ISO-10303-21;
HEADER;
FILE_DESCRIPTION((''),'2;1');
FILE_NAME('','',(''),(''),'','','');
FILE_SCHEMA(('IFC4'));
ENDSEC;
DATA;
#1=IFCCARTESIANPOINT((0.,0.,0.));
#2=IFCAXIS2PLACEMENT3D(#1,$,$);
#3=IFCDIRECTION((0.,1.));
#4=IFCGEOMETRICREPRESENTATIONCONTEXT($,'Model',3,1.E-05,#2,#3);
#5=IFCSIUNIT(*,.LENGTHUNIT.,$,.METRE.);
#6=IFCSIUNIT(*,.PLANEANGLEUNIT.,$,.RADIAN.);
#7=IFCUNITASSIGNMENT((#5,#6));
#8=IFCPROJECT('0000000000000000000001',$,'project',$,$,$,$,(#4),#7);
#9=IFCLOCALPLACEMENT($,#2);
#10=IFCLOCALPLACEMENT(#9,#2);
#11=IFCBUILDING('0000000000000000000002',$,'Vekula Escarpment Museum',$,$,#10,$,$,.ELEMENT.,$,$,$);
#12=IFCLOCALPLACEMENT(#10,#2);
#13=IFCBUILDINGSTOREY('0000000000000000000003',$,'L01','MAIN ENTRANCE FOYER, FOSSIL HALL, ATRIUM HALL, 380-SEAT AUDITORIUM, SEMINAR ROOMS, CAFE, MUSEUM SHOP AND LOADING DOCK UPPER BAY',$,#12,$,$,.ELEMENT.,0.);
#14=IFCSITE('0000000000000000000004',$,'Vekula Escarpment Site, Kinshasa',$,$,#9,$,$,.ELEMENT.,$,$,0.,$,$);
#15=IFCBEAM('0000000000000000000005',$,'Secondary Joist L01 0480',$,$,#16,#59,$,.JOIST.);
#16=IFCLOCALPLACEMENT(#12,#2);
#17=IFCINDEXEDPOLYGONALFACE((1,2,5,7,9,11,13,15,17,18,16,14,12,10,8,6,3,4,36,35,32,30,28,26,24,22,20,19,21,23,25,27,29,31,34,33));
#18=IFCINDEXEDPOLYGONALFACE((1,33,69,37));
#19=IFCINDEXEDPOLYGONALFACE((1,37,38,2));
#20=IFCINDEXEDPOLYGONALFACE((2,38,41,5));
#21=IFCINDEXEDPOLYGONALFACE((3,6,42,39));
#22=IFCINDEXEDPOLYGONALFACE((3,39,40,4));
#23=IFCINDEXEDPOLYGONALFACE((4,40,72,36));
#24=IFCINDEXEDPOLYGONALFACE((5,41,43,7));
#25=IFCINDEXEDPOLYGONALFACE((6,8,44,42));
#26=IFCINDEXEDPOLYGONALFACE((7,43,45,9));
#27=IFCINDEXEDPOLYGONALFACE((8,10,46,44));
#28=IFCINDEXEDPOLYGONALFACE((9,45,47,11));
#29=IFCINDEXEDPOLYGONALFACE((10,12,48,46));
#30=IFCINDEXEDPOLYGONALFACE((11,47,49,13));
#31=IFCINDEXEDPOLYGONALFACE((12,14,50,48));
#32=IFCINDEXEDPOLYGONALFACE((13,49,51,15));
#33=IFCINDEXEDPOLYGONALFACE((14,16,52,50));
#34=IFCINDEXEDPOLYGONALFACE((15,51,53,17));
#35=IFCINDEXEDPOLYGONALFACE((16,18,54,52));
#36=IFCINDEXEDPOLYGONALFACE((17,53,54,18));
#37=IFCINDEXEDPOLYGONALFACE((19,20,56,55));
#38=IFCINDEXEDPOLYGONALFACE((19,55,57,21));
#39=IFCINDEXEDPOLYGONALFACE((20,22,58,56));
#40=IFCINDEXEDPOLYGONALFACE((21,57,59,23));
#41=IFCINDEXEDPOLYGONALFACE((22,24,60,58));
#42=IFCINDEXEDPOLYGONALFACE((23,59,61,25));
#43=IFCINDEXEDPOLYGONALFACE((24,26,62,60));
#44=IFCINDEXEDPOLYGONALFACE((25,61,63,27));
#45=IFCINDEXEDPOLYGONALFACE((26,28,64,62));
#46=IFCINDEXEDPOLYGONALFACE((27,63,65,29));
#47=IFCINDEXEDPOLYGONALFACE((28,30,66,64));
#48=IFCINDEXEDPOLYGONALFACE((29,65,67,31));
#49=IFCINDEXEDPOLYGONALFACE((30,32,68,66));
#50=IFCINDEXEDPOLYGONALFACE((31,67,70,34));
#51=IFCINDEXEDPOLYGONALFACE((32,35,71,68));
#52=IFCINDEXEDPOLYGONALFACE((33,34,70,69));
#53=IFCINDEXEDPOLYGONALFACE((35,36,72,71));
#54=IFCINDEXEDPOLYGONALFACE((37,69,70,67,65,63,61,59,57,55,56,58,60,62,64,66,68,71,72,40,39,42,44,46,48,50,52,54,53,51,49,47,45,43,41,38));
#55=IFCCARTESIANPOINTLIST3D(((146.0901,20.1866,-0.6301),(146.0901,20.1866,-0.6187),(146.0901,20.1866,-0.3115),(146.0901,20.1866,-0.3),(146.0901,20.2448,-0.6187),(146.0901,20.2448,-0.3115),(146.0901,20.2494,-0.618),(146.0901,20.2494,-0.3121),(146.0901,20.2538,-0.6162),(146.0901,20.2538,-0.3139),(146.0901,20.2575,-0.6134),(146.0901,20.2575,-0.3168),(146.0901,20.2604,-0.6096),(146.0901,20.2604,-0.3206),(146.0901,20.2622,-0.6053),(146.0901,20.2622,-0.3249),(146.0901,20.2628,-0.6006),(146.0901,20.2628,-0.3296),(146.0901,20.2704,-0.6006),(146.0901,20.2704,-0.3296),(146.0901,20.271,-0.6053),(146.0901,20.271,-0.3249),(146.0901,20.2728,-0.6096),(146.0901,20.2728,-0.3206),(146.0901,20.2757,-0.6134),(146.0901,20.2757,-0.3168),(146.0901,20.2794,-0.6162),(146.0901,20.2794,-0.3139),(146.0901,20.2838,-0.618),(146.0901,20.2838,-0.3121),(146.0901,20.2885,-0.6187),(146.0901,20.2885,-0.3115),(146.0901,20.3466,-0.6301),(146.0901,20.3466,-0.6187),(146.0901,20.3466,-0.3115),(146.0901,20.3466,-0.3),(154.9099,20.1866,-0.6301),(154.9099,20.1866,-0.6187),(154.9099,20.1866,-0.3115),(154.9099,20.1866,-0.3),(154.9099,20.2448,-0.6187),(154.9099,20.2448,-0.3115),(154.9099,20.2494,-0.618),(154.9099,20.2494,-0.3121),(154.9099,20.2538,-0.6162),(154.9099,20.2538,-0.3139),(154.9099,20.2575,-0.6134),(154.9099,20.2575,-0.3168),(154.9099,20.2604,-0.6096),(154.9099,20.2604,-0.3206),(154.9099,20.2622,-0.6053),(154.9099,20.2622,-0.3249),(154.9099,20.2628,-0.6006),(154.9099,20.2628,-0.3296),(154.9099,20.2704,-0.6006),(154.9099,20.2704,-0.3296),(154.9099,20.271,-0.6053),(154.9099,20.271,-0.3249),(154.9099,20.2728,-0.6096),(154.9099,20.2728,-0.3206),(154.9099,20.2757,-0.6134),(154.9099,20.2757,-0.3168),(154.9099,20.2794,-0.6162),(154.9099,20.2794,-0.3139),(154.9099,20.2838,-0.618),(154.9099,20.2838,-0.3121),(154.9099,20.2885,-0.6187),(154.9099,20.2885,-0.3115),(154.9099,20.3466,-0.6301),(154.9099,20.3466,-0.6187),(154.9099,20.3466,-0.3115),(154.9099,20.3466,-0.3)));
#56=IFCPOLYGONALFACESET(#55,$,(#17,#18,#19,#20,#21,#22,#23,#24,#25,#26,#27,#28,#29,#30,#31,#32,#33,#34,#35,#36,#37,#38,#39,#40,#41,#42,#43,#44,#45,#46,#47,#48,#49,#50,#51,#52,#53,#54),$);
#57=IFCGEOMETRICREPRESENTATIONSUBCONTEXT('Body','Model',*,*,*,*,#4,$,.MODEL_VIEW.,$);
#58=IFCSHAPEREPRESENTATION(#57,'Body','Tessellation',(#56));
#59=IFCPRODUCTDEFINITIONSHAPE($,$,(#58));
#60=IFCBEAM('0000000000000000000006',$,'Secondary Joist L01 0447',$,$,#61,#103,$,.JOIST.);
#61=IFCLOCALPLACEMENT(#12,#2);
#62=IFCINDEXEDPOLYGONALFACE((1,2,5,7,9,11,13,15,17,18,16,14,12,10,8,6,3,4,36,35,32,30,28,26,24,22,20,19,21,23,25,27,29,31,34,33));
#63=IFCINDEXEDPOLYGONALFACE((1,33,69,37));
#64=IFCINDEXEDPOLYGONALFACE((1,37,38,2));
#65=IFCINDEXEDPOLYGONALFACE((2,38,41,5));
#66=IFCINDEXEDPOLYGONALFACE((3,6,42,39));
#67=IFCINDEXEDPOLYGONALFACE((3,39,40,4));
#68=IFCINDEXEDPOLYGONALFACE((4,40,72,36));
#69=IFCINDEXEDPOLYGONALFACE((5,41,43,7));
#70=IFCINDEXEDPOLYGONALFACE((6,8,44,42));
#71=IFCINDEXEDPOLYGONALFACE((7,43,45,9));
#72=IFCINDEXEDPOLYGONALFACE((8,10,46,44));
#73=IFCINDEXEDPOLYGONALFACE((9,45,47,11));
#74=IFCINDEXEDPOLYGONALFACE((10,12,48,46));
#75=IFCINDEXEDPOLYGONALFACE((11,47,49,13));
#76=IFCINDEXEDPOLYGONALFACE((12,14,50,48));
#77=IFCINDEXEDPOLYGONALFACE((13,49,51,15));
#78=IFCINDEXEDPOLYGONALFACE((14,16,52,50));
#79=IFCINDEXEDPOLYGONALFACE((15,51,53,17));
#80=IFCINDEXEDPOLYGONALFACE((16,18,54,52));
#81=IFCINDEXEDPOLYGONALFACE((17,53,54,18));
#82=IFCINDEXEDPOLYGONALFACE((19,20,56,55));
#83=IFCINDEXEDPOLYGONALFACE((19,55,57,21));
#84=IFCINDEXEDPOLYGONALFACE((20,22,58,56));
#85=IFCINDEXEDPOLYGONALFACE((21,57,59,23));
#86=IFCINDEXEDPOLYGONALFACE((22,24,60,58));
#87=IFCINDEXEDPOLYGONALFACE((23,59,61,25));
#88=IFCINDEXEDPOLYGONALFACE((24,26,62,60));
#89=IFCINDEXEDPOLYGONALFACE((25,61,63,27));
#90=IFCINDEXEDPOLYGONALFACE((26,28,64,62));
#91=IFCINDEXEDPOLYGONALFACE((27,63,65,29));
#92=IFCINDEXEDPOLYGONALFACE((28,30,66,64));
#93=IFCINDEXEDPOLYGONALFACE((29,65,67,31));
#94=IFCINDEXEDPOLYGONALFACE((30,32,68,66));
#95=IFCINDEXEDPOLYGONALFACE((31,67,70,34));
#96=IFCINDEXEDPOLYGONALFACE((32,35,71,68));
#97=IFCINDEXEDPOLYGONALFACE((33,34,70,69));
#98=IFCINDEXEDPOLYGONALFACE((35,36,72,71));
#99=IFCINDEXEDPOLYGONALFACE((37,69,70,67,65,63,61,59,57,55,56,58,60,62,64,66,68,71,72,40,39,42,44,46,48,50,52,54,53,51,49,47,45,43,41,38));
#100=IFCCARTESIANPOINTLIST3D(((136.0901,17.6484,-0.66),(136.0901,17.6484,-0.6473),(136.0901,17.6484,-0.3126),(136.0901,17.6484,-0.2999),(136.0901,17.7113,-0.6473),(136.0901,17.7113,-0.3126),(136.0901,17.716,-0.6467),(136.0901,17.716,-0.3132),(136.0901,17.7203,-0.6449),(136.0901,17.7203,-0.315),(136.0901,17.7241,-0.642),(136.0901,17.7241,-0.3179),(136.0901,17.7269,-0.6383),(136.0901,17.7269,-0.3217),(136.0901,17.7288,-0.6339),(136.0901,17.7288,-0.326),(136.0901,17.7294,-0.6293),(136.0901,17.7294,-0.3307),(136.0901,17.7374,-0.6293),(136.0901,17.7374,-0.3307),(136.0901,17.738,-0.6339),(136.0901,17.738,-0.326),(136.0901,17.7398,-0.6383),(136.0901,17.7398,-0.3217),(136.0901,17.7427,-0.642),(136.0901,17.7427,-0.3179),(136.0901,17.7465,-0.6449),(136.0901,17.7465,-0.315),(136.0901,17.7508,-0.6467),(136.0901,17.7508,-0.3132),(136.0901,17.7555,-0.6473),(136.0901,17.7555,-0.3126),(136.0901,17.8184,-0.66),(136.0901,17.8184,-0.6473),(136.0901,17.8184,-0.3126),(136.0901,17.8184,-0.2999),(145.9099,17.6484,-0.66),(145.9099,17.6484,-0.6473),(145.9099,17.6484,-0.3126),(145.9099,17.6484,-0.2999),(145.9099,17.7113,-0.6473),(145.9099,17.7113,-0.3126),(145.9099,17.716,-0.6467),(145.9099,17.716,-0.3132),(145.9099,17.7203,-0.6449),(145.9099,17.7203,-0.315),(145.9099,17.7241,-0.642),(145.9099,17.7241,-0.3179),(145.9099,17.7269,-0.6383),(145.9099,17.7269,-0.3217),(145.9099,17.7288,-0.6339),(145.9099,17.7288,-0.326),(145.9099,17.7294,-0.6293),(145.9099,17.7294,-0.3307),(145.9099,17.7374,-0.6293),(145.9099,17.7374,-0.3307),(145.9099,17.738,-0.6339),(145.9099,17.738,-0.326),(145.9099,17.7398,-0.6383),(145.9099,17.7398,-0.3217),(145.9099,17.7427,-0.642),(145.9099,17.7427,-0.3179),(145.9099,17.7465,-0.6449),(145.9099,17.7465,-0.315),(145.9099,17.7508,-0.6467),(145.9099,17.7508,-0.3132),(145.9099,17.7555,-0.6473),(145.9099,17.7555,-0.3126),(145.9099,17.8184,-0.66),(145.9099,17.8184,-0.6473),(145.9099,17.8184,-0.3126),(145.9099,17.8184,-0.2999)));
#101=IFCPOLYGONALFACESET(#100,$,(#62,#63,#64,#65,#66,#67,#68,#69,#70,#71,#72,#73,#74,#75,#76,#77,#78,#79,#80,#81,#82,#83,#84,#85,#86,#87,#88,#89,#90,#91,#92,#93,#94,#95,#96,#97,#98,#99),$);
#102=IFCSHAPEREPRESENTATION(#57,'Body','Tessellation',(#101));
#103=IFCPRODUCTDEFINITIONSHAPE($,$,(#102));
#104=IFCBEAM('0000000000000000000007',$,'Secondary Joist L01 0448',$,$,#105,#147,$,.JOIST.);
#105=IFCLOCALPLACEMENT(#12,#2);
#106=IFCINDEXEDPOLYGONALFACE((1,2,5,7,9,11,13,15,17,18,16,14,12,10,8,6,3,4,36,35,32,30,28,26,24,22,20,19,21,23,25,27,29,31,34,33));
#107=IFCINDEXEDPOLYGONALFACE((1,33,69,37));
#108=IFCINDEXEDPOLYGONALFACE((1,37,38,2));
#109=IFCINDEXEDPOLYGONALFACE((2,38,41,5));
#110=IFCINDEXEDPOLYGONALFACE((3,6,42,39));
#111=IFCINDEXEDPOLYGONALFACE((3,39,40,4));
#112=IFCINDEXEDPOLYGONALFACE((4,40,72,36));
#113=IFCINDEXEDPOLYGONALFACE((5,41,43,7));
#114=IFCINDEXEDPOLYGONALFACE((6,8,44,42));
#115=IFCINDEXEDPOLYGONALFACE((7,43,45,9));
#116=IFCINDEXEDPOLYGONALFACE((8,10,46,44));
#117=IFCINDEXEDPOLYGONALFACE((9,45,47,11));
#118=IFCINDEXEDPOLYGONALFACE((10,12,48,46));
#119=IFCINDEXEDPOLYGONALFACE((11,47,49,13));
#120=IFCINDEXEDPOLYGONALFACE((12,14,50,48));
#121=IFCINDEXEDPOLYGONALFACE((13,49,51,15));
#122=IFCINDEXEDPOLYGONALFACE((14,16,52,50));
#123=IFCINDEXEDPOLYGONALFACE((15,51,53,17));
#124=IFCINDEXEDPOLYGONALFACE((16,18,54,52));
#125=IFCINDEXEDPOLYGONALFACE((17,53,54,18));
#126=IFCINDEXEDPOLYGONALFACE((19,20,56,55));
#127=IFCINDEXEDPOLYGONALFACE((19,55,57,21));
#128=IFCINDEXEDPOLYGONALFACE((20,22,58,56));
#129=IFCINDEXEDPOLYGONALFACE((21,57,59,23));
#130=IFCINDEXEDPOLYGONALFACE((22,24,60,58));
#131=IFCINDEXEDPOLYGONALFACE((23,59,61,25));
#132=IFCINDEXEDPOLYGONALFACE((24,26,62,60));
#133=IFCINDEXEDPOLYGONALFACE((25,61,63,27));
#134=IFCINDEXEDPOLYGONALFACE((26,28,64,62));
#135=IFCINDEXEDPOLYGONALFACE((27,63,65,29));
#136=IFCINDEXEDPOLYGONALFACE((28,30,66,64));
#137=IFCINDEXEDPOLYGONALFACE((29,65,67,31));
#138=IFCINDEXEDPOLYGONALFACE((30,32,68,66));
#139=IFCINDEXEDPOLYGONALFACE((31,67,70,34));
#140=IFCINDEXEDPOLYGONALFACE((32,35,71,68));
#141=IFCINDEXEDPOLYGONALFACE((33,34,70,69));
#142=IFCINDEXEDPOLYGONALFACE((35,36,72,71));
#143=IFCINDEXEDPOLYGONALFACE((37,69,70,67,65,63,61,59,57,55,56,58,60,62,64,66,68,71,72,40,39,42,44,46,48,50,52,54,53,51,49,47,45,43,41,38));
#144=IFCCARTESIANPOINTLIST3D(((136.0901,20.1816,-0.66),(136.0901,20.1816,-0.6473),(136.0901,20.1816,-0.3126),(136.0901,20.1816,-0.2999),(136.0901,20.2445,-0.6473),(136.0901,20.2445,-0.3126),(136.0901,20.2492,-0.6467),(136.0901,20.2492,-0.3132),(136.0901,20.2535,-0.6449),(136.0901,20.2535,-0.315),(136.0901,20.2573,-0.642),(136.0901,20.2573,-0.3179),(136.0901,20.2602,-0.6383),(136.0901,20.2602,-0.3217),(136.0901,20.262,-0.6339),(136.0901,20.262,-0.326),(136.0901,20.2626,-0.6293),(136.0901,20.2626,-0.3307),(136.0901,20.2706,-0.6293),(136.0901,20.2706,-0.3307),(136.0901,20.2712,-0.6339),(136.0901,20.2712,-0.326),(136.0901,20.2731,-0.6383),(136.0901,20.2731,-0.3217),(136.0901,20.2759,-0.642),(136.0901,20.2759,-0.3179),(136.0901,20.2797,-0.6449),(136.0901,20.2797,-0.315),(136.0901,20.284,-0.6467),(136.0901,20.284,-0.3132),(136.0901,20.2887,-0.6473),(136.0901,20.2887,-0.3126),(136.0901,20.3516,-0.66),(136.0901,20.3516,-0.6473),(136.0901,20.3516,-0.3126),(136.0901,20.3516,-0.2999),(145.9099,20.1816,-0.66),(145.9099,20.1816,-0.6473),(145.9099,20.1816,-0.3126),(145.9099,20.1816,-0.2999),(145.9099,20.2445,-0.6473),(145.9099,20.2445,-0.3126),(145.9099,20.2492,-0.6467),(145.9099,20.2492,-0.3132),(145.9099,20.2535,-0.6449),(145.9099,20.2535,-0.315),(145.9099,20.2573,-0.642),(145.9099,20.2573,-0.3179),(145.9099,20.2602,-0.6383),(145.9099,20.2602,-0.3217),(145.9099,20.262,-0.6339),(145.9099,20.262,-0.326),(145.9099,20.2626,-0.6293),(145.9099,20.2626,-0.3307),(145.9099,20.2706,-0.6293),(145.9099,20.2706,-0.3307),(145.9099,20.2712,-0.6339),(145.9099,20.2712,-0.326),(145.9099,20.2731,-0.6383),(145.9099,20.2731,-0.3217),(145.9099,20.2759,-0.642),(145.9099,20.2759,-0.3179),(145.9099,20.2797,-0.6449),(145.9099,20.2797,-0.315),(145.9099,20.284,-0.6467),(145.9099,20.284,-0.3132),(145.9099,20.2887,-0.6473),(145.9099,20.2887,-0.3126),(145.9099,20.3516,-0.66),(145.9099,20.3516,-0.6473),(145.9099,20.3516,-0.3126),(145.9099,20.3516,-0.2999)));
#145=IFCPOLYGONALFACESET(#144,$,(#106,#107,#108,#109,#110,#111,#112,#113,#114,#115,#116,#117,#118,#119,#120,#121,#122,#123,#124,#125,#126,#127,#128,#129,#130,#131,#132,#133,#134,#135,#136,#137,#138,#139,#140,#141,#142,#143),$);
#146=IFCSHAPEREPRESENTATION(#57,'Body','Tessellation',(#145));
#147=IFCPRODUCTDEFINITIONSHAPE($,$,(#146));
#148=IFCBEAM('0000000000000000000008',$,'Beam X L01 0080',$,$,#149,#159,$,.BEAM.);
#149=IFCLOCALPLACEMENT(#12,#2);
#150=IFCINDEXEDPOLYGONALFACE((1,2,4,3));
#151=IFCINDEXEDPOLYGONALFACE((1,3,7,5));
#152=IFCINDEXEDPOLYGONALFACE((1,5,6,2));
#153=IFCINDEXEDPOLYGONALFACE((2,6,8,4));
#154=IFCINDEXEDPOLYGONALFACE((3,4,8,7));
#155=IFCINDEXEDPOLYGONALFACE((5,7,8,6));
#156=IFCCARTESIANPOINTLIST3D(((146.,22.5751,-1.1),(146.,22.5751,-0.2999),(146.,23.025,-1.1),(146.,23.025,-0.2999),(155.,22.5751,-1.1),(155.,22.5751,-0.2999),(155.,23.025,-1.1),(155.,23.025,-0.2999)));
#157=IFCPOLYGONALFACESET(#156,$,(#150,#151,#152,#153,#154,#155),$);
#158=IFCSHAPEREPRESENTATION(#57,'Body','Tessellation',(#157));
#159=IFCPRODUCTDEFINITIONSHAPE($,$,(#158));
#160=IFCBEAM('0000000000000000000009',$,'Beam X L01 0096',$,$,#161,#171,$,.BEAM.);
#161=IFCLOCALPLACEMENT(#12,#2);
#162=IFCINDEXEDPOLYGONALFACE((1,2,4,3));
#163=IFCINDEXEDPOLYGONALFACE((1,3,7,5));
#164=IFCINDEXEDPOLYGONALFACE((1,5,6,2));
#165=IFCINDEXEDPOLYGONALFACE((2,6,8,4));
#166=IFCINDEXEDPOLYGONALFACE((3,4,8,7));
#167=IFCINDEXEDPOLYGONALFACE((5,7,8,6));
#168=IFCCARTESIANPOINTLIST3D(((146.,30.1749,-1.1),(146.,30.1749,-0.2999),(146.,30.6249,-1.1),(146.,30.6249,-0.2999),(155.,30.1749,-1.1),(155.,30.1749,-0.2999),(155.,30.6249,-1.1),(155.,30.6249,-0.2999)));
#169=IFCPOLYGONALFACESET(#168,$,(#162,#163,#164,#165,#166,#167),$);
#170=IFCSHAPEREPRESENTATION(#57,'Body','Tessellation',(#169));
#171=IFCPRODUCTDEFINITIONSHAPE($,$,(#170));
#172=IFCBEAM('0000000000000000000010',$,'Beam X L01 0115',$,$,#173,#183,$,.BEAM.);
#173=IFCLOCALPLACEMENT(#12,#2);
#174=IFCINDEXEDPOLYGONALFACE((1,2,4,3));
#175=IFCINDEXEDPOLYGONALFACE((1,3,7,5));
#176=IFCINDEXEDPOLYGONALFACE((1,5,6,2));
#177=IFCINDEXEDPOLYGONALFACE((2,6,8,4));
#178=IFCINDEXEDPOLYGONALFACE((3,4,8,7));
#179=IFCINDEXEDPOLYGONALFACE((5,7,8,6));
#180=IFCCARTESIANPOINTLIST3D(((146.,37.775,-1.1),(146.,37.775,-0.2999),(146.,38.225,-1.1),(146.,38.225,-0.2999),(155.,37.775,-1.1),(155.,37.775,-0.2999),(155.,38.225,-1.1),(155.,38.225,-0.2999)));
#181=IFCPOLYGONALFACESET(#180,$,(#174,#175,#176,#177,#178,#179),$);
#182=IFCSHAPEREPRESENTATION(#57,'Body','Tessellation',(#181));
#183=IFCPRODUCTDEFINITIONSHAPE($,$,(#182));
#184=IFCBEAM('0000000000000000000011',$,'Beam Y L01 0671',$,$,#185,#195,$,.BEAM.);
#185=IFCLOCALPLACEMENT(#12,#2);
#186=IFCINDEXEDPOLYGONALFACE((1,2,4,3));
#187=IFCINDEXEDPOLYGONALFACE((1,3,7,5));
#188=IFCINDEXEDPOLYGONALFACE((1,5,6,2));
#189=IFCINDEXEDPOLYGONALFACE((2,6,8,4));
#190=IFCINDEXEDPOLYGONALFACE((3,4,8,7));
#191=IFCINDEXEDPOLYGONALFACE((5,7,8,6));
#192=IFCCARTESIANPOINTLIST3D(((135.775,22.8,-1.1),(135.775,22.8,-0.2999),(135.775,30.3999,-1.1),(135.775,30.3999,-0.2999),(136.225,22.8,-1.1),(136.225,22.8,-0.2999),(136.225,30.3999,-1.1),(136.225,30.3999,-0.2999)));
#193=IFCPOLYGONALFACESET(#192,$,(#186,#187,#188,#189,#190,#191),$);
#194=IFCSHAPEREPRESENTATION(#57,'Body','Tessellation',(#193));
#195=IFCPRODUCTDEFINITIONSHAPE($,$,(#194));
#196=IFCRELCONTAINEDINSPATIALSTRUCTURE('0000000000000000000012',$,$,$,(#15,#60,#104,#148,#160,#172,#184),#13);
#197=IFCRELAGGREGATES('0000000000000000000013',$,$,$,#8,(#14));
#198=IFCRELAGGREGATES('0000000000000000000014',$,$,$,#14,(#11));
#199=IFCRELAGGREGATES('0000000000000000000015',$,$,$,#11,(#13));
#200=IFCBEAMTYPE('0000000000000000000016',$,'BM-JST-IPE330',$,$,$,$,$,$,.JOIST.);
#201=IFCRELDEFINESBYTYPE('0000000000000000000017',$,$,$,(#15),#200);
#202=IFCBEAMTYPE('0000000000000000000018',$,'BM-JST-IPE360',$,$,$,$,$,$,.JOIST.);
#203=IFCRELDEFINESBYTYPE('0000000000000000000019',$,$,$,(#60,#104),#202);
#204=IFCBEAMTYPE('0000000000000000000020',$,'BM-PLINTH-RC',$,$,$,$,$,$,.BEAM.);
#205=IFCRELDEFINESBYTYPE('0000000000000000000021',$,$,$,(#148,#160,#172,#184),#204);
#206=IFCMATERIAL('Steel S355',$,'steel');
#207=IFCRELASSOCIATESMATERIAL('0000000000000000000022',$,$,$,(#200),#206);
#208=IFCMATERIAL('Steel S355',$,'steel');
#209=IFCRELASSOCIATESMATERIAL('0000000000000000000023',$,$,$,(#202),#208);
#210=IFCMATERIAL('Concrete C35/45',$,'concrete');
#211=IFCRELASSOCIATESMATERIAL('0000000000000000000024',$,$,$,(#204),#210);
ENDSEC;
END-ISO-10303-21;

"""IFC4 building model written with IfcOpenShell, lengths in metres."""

from ifc_helpers import new_model, si_unit, direction, frame, origin, origin_2d, place, context, subcontext, project, spatial, rectangle, i_section, extrude, material, material_profile, profile_set, type_object, element, save


model = new_model("IFC4")

# Units and contexts
model_context = context("Model", 3, precision=1e-05, world=origin(), true_north=direction((0.0, 1.0)))
body_context = subcontext(model_context, "Body", "Model", "MODEL_VIEW")
ifc_project = project(units=[si_unit("LENGTHUNIT", "METRE"), si_unit("PLANEANGLEUNIT", "RADIAN")], contexts=[model_context])

# Site, building, storey
site_placement = place(None, origin())
site = spatial("IfcSite", under=ifc_project, at=site_placement, Name="Vekula Escarpment Site, Kinshasa", CompositionType="ELEMENT", RefElevation=0.0)
building_placement = place(site_placement, origin())
building = spatial("IfcBuilding", under=site, at=building_placement, Name="Vekula Escarpment Museum", CompositionType="ELEMENT")
storey_placement = place(building_placement, origin())
storey = spatial("IfcBuildingStorey", under=building, at=storey_placement, Name="L01", Description="MAIN ENTRANCE FOYER, FOSSIL HALL, ATRIUM HALL, 380-SEAT AUDITORIUM, SEMINAR ROOMS, CAFE, MUSEUM SHOP AND LOADING DOCK UPPER BAY", CompositionType="ELEMENT", Elevation=0.0)

# Beams
ifc_material_1 = material(Name="Steel S355", Category="steel")
ifc_material_profile_1 = material_profile(ifc_material_1, i_section(OverallWidth=0.1599, OverallDepth=0.3301, WebThickness=0.0076, FlangeThickness=0.0115, FilletRadius=0.0181, at=origin_2d()), Name="IPE 330")
ifc_profile_set_1 = profile_set([ifc_material_profile_1], Name="Steel S355")
beam_type_1 = type_object("IfcBeamType", Name="BM-JST-IPE330", PredefinedType="JOIST", material=ifc_profile_set_1)
for number, where, z_axis, x_axis, name in (
    (1, (146.0901, 20.2666, -0.4651), (1.0, 0.0, 0.0), (0.0, 1.0, 0.0), "Secondary Joist L01 0480"),
):
    element("IfcBeam", number, at=place(storey_placement, frame(where, z_axis=z_axis, x_axis=x_axis)), inside=storey, type_object=beam_type_1, Name=name, PredefinedType="JOIST", context=body_context, shape_type="SweptSolid", body=[
        extrude(i_section(OverallWidth=0.1599, OverallDepth=0.3301, WebThickness=0.0076, FlangeThickness=0.0115, FilletRadius=0.0181, at=origin_2d()), origin(), (0.0, 0.0, 1.0), 8.8198),
    ])
ifc_material_2 = material(Name="Steel S355", Category="steel")
ifc_material_profile_2 = material_profile(ifc_material_2, i_section(OverallWidth=0.1699, OverallDepth=0.3601, WebThickness=0.0081, FlangeThickness=0.0127, FilletRadius=0.0181, at=origin_2d()), Name="IPE 360")
ifc_profile_set_2 = profile_set([ifc_material_profile_2], Name="Steel S355")
beam_type_2 = type_object("IfcBeamType", Name="BM-JST-IPE360", PredefinedType="JOIST", material=ifc_profile_set_2)
for number, where, z_axis, x_axis, name in (
    (2, (136.0901, 17.7334, -0.48), (1.0, 0.0, 0.0), (0.0, 1.0, 0.0), "Secondary Joist L01 0447"),
    (3, (136.0901, 20.2666, -0.48), (1.0, 0.0, 0.0), (0.0, 1.0, 0.0), "Secondary Joist L01 0448"),
):
    element("IfcBeam", number, at=place(storey_placement, frame(where, z_axis=z_axis, x_axis=x_axis)), inside=storey, type_object=beam_type_2, Name=name, PredefinedType="JOIST", context=body_context, shape_type="SweptSolid", body=[
        extrude(i_section(OverallWidth=0.1699, OverallDepth=0.3601, WebThickness=0.0081, FlangeThickness=0.0127, FilletRadius=0.0181, at=origin_2d()), origin(), (0.0, 0.0, 1.0), 9.8198),
    ])
ifc_material_3 = material(Name="Concrete C35/45", Category="concrete")
ifc_material_profile_3 = material_profile(ifc_material_3, rectangle(XDim=0.45, YDim=0.8, at=origin_2d()), Name="RC 450x800")
ifc_profile_set_3 = profile_set([ifc_material_profile_3], Name="Concrete C35/45")
beam_type_3 = type_object("IfcBeamType", Name="BM-PLINTH-RC", PredefinedType="BEAM", material=ifc_profile_set_3)
for number, where, z_axis, x_axis, name in (
    (4, (146.0, 22.8, -0.7), (1.0, 0.0, 0.0), (0.0, 1.0, 0.0), "Beam X L01 0080"),
    (5, (146.0, 30.3999, -0.7), (1.0, 0.0, 0.0), (0.0, 1.0, 0.0), "Beam X L01 0096"),
    (6, (146.0, 38.0, -0.7), (1.0, 0.0, 0.0), (0.0, 1.0, 0.0), "Beam X L01 0115"),
):
    element("IfcBeam", number, at=place(storey_placement, frame(where, z_axis=z_axis, x_axis=x_axis)), inside=storey, type_object=beam_type_3, Name=name, PredefinedType="BEAM", context=body_context, shape_type="SweptSolid", body=[
        extrude(rectangle(XDim=0.45, YDim=0.8, at=origin_2d()), origin(), (0.0, 0.0, 1.0), 9.0),
    ])
beam_1_placement = place(storey_placement, frame((136.0, 22.8, -0.7), z_axis=(0.0, 1.0, 0.0), x_axis=(-1.0, 0.0, 0.0)))
element("IfcBeam", 7, at=beam_1_placement, inside=storey, type_object=beam_type_3, Name="Beam Y L01 0671", PredefinedType="BEAM", context=body_context, shape_type="SweptSolid", body=[
    extrude(rectangle(XDim=0.45, YDim=0.8, at=origin_2d()), origin(), (0.0, 0.0, 1.0), 7.5999),
])

save(model, "model.ifc")
